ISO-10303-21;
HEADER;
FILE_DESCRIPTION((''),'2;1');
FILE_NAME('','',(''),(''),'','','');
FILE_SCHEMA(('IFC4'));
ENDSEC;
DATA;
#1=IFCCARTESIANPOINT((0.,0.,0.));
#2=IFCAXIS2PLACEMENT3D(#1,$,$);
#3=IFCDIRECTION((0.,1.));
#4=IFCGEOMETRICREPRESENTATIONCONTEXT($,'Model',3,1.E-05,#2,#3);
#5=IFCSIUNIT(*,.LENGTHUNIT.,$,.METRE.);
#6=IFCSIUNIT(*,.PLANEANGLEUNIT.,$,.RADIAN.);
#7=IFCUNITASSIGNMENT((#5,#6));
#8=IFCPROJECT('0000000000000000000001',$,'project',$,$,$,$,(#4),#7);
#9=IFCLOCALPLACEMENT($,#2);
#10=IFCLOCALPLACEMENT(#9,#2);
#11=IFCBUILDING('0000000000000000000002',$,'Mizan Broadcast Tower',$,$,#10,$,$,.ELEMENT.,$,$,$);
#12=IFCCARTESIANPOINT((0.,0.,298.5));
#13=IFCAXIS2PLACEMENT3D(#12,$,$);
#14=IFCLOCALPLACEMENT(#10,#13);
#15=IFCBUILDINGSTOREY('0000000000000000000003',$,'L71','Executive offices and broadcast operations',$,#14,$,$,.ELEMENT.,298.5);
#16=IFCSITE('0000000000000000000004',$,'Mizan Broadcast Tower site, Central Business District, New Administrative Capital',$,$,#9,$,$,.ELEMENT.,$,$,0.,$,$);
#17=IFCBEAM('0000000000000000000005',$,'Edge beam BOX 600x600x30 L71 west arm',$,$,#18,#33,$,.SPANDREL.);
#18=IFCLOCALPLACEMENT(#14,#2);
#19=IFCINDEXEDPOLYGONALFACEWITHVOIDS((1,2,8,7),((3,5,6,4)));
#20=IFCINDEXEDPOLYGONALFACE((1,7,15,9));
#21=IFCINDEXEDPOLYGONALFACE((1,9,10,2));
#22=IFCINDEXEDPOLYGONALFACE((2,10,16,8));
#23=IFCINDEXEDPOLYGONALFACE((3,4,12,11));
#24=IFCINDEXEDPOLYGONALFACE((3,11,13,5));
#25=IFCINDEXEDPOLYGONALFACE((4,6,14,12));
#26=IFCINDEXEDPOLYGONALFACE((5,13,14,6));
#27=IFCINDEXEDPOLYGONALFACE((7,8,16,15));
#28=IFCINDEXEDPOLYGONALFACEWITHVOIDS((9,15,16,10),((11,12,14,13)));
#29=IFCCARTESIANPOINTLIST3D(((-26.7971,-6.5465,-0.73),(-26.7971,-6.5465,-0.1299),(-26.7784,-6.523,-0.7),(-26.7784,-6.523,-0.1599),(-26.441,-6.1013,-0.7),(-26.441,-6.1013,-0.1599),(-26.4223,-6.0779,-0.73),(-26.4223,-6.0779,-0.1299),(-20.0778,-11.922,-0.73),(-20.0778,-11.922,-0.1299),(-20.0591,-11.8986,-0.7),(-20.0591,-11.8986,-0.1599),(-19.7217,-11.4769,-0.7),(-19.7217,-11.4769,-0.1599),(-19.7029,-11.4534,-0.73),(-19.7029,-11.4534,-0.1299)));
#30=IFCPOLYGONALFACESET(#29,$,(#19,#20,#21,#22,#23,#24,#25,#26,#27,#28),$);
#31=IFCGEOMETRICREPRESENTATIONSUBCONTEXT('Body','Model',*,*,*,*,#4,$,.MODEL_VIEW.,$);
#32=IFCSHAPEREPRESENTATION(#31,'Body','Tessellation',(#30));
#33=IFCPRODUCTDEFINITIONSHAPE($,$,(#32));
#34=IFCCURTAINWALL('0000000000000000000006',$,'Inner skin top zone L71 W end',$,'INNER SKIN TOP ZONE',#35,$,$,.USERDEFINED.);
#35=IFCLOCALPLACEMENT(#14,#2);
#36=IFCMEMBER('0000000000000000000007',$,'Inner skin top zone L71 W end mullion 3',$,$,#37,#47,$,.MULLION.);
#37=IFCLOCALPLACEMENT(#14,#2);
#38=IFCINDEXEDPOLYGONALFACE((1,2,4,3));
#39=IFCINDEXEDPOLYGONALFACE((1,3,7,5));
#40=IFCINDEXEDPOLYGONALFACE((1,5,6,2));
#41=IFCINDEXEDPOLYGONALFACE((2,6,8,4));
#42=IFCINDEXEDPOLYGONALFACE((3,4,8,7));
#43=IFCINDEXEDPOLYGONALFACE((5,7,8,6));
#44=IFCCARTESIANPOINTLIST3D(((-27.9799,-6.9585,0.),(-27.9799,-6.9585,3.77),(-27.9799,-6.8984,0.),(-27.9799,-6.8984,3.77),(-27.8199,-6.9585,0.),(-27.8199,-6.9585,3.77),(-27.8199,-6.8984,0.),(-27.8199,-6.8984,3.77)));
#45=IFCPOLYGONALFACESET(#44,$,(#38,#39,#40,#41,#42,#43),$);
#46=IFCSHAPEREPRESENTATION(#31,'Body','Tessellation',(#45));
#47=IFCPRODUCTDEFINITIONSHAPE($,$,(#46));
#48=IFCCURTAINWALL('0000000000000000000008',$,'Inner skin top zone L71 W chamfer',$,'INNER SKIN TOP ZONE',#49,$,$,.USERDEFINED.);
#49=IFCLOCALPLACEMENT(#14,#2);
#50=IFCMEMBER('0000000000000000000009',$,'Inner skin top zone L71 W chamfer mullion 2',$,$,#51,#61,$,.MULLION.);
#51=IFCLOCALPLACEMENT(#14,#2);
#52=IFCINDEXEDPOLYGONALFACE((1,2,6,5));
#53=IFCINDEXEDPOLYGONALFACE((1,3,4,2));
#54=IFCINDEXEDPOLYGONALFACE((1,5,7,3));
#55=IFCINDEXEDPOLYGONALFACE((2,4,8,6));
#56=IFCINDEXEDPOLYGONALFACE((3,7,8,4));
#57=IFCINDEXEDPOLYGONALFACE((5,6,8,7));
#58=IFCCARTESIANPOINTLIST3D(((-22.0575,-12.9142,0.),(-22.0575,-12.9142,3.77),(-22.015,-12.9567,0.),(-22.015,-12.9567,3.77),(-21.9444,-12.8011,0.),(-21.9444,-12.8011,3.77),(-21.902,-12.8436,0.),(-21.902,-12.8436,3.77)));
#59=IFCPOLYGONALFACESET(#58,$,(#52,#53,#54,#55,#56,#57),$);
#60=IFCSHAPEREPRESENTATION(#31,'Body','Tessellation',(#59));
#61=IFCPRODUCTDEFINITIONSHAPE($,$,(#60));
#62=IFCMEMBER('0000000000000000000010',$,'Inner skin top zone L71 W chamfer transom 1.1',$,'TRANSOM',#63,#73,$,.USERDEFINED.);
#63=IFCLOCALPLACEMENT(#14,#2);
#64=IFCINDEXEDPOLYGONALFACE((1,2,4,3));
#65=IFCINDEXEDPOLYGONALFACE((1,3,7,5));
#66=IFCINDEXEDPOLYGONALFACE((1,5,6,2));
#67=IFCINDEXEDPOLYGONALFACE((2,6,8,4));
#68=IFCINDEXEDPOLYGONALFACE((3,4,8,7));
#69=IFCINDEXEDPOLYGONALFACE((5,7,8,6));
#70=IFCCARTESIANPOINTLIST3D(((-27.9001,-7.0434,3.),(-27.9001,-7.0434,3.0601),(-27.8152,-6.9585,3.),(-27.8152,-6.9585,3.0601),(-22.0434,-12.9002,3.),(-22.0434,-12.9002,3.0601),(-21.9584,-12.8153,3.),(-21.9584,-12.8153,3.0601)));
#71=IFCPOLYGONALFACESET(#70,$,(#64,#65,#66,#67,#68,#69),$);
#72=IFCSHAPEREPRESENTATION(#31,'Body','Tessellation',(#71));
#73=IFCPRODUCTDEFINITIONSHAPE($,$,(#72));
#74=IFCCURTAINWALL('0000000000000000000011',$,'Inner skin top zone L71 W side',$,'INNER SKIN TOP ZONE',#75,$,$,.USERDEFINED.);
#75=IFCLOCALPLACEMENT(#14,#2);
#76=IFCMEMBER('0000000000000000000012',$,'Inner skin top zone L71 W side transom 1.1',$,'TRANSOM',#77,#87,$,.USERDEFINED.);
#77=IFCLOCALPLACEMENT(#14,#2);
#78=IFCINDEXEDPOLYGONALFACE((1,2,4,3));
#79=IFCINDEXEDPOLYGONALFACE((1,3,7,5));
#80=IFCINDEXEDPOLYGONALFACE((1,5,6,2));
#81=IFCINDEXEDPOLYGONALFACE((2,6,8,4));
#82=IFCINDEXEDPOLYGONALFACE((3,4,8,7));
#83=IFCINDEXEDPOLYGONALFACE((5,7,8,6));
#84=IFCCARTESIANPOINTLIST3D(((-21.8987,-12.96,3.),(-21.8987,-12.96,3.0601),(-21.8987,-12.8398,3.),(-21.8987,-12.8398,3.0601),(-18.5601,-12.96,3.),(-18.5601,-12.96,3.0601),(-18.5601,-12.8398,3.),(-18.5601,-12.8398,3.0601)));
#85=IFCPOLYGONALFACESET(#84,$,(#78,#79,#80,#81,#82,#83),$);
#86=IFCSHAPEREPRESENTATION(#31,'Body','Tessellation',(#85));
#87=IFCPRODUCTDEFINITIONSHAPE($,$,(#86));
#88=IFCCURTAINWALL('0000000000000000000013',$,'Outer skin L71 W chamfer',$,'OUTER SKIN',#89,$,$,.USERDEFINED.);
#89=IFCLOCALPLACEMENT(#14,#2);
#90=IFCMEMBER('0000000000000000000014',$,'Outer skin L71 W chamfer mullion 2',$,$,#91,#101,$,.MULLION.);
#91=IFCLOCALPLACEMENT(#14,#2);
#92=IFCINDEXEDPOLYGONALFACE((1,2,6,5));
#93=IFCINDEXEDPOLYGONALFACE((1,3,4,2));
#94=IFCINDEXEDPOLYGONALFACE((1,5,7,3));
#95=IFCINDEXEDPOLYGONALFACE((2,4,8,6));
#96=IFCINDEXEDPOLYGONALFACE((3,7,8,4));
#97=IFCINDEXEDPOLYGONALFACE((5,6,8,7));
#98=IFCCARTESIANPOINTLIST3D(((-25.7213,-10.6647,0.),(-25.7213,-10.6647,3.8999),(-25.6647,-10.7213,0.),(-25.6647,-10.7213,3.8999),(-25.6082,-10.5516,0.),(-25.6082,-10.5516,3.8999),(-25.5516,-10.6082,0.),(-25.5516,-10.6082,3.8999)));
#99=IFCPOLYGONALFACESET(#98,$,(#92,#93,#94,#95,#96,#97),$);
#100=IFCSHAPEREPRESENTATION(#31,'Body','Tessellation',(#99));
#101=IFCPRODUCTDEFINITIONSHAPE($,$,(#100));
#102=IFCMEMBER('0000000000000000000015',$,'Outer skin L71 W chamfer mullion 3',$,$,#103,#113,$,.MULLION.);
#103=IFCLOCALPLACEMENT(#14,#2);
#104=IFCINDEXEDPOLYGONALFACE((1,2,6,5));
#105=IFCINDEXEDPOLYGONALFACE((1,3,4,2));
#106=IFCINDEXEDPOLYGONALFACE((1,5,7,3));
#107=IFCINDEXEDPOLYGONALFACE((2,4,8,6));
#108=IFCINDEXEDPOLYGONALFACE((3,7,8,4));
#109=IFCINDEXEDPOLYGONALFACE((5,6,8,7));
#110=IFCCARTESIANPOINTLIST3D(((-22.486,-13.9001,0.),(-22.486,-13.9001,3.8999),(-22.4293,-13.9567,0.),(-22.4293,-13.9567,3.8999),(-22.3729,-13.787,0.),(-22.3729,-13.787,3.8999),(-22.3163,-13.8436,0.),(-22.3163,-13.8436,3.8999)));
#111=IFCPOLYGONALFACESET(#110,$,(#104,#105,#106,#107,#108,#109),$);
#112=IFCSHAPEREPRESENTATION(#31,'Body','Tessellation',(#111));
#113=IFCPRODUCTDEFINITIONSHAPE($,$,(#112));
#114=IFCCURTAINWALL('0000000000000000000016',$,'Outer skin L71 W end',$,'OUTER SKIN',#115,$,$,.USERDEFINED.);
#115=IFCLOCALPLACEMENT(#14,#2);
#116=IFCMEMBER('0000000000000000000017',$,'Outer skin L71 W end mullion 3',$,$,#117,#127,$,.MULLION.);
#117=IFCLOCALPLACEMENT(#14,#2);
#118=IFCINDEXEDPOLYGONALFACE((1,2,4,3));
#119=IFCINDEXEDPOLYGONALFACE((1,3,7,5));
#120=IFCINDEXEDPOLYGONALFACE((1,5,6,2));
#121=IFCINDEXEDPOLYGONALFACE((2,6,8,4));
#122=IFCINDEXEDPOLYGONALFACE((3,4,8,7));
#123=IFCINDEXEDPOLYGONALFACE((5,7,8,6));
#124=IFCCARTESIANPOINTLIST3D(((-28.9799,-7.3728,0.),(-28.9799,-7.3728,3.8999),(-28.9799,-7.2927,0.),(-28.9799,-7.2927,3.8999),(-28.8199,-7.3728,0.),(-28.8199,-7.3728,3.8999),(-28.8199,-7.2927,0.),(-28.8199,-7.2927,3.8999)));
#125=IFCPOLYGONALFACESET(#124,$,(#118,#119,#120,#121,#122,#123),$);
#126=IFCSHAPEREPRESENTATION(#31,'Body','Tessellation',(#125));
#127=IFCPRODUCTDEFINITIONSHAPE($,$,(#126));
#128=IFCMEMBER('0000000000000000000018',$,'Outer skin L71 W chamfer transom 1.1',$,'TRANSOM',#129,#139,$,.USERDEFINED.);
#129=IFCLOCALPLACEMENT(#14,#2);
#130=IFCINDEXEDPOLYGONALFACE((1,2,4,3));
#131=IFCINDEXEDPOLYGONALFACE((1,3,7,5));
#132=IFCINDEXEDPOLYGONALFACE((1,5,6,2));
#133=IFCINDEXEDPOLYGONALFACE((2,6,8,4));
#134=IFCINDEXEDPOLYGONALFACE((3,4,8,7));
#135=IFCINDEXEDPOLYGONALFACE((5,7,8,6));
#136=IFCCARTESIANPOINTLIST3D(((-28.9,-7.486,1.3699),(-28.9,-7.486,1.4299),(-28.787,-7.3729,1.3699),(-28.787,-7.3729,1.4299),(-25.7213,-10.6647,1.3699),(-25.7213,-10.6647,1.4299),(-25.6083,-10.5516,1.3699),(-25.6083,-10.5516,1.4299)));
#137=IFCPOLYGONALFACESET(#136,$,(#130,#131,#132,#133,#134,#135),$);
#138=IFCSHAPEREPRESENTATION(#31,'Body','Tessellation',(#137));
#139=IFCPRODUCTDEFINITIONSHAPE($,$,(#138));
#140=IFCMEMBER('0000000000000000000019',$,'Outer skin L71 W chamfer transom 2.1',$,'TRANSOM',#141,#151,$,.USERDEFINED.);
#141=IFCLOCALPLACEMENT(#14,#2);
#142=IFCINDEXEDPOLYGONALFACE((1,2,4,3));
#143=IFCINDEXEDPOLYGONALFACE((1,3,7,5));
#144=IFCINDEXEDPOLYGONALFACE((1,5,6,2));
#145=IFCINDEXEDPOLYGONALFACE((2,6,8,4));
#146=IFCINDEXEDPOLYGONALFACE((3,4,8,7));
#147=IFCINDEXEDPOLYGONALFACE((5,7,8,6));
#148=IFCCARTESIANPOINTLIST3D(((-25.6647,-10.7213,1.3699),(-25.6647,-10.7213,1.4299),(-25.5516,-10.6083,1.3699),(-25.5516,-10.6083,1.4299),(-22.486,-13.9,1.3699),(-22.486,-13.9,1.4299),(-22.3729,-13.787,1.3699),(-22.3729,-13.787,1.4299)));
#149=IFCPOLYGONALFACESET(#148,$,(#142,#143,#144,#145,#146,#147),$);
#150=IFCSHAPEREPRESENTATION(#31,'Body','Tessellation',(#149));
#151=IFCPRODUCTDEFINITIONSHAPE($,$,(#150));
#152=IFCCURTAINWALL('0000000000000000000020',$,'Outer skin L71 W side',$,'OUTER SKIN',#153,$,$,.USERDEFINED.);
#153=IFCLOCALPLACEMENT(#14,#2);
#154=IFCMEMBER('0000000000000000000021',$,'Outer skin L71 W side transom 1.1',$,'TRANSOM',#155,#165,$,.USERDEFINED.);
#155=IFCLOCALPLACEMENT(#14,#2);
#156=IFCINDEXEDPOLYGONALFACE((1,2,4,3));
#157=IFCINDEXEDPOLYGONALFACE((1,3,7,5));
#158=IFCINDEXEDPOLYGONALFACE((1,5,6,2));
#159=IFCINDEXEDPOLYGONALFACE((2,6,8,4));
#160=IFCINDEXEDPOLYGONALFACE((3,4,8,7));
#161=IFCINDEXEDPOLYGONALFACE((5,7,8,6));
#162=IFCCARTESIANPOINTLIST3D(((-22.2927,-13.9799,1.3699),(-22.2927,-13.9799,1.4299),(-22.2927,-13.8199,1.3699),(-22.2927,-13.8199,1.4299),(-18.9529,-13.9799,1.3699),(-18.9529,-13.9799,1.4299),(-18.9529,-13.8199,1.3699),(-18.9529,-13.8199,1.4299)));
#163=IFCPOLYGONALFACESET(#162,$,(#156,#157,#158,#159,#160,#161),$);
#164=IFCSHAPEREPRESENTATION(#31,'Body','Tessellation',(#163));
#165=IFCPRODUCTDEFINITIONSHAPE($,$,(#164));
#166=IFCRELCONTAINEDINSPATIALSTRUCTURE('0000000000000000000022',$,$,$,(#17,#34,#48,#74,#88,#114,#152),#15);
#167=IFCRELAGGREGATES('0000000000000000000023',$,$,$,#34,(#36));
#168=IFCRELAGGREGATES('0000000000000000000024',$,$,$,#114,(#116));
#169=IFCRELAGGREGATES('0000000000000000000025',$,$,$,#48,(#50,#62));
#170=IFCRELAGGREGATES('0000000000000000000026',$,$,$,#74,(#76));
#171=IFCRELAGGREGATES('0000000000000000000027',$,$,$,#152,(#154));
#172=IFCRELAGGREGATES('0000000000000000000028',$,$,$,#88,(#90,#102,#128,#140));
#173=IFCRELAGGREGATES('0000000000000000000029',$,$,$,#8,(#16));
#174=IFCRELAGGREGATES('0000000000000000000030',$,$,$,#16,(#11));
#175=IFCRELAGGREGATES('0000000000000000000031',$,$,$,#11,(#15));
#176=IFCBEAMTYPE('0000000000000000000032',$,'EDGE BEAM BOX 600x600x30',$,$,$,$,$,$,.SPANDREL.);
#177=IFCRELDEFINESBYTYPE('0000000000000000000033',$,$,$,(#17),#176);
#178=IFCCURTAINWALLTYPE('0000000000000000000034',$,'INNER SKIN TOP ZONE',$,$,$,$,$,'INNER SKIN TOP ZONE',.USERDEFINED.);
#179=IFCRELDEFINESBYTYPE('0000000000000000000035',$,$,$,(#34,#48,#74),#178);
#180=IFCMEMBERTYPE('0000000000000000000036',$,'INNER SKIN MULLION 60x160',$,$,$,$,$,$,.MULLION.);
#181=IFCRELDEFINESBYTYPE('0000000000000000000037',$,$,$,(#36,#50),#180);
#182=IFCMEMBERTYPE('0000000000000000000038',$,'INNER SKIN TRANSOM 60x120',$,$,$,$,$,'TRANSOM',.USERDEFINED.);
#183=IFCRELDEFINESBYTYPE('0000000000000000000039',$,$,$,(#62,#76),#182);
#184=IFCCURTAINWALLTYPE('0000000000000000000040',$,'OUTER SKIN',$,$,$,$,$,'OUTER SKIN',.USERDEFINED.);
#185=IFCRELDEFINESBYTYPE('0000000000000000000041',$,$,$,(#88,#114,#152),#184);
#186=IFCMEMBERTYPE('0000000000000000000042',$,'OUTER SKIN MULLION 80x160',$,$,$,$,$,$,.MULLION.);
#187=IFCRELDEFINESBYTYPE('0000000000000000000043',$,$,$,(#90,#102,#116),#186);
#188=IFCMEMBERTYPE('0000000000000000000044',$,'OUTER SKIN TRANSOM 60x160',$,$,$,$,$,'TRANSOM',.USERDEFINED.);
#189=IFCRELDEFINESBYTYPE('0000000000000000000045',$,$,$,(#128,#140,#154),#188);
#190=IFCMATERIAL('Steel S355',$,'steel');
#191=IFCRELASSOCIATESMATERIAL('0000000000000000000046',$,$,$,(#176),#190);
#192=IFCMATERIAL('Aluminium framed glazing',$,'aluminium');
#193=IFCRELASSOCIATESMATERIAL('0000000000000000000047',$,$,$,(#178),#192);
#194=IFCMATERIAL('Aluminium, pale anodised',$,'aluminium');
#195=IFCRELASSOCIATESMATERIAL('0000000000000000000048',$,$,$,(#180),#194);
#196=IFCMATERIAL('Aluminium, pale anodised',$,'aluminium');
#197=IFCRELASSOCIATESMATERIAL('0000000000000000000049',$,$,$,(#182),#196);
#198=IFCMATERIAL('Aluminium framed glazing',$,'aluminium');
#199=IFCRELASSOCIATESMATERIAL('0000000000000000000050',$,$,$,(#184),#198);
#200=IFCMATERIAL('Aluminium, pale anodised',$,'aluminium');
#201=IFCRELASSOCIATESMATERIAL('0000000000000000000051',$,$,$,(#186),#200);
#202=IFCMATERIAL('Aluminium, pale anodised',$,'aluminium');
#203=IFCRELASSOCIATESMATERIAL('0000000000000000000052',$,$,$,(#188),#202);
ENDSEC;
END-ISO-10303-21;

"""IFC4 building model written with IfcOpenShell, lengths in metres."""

from ifc_helpers import new_model, si_unit, direction, frame, origin, origin_2d, place, context, subcontext, project, spatial, rectangle, hollow_rectangle, extrude, material, material_profile, profile_set, type_object, element, aggregate, save


model = new_model("IFC4")

# Units and contexts
model_context = context("Model", 3, precision=1e-05, world=origin(), true_north=direction((0.0, 1.0)))
body_context = subcontext(model_context, "Body", "Model", "MODEL_VIEW")
ifc_project = project(units=[si_unit("LENGTHUNIT", "METRE"), si_unit("PLANEANGLEUNIT", "RADIAN")], contexts=[model_context])

# Site, building, storey
site_placement = place(None, origin())
site = spatial("IfcSite", under=ifc_project, at=site_placement, Name="Mizan Broadcast Tower site, Central Business District, New Administrative Capital", CompositionType="ELEMENT", RefElevation=0.0)
building_placement = place(site_placement, origin())
building = spatial("IfcBuilding", under=site, at=building_placement, Name="Mizan Broadcast Tower", CompositionType="ELEMENT")
storey_placement = place(building_placement, frame((0.0, 0.0, 298.5)))
storey = spatial("IfcBuildingStorey", under=building, at=storey_placement, Name="L71", Description="Executive offices and broadcast operations", CompositionType="ELEMENT", Elevation=298.5)

# Beam
ifc_material_1 = material(Name="Steel S355", Category="steel")
ifc_material_profile_1 = material_profile(ifc_material_1, hollow_rectangle(XDim=0.6001, YDim=0.6001, WallThickness=0.03, at=origin_2d()), Name="BOX 600x600x30")
ifc_profile_set_1 = profile_set([ifc_material_profile_1], Name="Steel S355")
beam_type_1 = type_object("IfcBeamType", Name="EDGE BEAM BOX 600x600x30", PredefinedType="SPANDREL", material=ifc_profile_set_1)
beam_1_placement = place(storey_placement, frame((-19.8904, -11.6877, -0.4299), z_axis=(-0.780863, 0.624702, 0.0), x_axis=(-0.624702, -0.780863, 0.0)))
element("IfcBeam", 1, at=beam_1_placement, inside=storey, type_object=beam_type_1, Name="Edge beam BOX 600x600x30 L71 west arm", PredefinedType="SPANDREL", context=body_context, shape_type="SweptSolid", body=[
    extrude(hollow_rectangle(XDim=0.6001, YDim=0.6001, WallThickness=0.03, at=origin_2d()), origin(), (0.0, 0.0, 1.0), 8.605),
])

# Curtain wall, member
ifc_material_2 = material(Name="Aluminium framed glazing", Category="aluminium")
curtain_wall_type_1 = type_object("IfcCurtainWallType", Name="INNER SKIN TOP ZONE", ElementType="INNER SKIN TOP ZONE", PredefinedType="USERDEFINED", material=ifc_material_2)
curtain_wall_1_placement = place(storey_placement, origin())
curtain_wall_1 = element("IfcCurtainWall", 2, at=curtain_wall_1_placement, inside=storey, type_object=curtain_wall_type_1, Name="Inner skin top zone L71 W end", ObjectType="INNER SKIN TOP ZONE", PredefinedType="USERDEFINED")
ifc_material_3 = material(Name="Aluminium, pale anodised", Category="aluminium")
ifc_material_profile_2 = material_profile(ifc_material_3, rectangle(XDim=0.1599, YDim=0.0601, at=origin_2d()), Name="MULLION 160x60")
ifc_profile_set_2 = profile_set([ifc_material_profile_2], Name="Aluminium, pale anodised")
member_type_1 = type_object("IfcMemberType", Name="INNER SKIN MULLION 60x160", PredefinedType="MULLION", material=ifc_profile_set_2)
member_1_placement = place(storey_placement, frame((-27.8999, -6.9285, 0.0), z_axis=(0.0, 0.0, 1.0), x_axis=(1.0, 0.0, 0.0)))
member_1 = element("IfcMember", 3, at=member_1_placement, type_object=member_type_1, Name="Inner skin top zone L71 W end mullion 3", PredefinedType="MULLION", context=body_context, shape_type="SweptSolid", body=[
    extrude(rectangle(XDim=0.1599, YDim=0.0601, at=origin_2d()), origin(), (0.0, 0.0, 1.0), 3.77),
])
aggregate(curtain_wall_1, [member_1])

# Curtain wall, members
curtain_wall_2_placement = place(storey_placement, origin())
curtain_wall_2 = element("IfcCurtainWall", 4, at=curtain_wall_2_placement, inside=storey, type_object=curtain_wall_type_1, Name="Inner skin top zone L71 W chamfer", ObjectType="INNER SKIN TOP ZONE", PredefinedType="USERDEFINED")
member_2_placement = place(storey_placement, frame((-21.9797, -12.8789, 0.0), z_axis=(0.0, 0.0, 1.0), x_axis=(0.707107, 0.707107, 0.0)))
member_2 = element("IfcMember", 5, at=member_2_placement, type_object=member_type_1, Name="Inner skin top zone L71 W chamfer mullion 2", PredefinedType="MULLION", context=body_context, shape_type="SweptSolid", body=[
    extrude(rectangle(XDim=0.1599, YDim=0.0601, at=origin_2d()), origin(), (0.0, 0.0, 1.0), 3.77),
])
ifc_material_4 = material(Name="Aluminium, pale anodised", Category="aluminium")
ifc_material_profile_3 = material_profile(ifc_material_4, rectangle(XDim=0.1201, YDim=0.0601, at=origin_2d()), Name="TRANSOM 120x60")
ifc_profile_set_3 = profile_set([ifc_material_profile_3], Name="Aluminium, pale anodised")
member_type_2 = type_object("IfcMemberType", Name="INNER SKIN TRANSOM 60x120", ElementType="TRANSOM", PredefinedType="USERDEFINED", material=ifc_profile_set_3)
member_3_placement = place(storey_placement, frame((-27.8577, -7.001, 3.03), z_axis=(0.707107, -0.707107, 0.0), x_axis=(0.707107, 0.707107, 0.0)))
member_3 = element("IfcMember", 6, at=member_3_placement, type_object=member_type_2, Name="Inner skin top zone L71 W chamfer transom 1.1", ObjectType="TRANSOM", PredefinedType="USERDEFINED", context=body_context, shape_type="SweptSolid", body=[
    extrude(rectangle(XDim=0.1201, YDim=0.0601, at=origin_2d()), origin(), (0.0, 0.0, 1.0), 8.2827),
])

# Curtain wall, member
curtain_wall_3_placement = place(storey_placement, origin())
curtain_wall_3 = element("IfcCurtainWall", 7, at=curtain_wall_3_placement, inside=storey, type_object=curtain_wall_type_1, Name="Inner skin top zone L71 W side", ObjectType="INNER SKIN TOP ZONE", PredefinedType="USERDEFINED")
member_4_placement = place(storey_placement, frame((-21.8987, -12.8999, 3.03), z_axis=(1.0, 0.0, 0.0), x_axis=(0.0, 1.0, 0.0)))
member_4 = element("IfcMember", 8, at=member_4_placement, type_object=member_type_2, Name="Inner skin top zone L71 W side transom 1.1", ObjectType="TRANSOM", PredefinedType="USERDEFINED", context=body_context, shape_type="SweptSolid", body=[
    extrude(rectangle(XDim=0.1201, YDim=0.0601, at=origin_2d()), origin(), (0.0, 0.0, 1.0), 3.3386),
])

# Curtain wall, members
ifc_material_5 = material(Name="Aluminium framed glazing", Category="aluminium")
curtain_wall_type_2 = type_object("IfcCurtainWallType", Name="OUTER SKIN", ElementType="OUTER SKIN", PredefinedType="USERDEFINED", material=ifc_material_5)
curtain_wall_4_placement = place(storey_placement, origin())
curtain_wall_4 = element("IfcCurtainWall", 9, at=curtain_wall_4_placement, inside=storey, type_object=curtain_wall_type_2, Name="Outer skin L71 W chamfer", ObjectType="OUTER SKIN", PredefinedType="USERDEFINED")
ifc_material_6 = material(Name="Aluminium, pale anodised", Category="aluminium")
ifc_material_profile_4 = material_profile(ifc_material_6, rectangle(XDim=0.1599, YDim=0.0801, at=origin_2d()), Name="MULLION 160x80")
ifc_profile_set_4 = profile_set([ifc_material_profile_4], Name="Aluminium, pale anodised")
member_type_3 = type_object("IfcMemberType", Name="OUTER SKIN MULLION 80x160", PredefinedType="MULLION", material=ifc_profile_set_4)
member_5_placement = place(storey_placement, frame((-25.6365, -10.6365, 0.0), z_axis=(0.0, 0.0, 1.0), x_axis=(0.707107, 0.707107, 0.0)))
member_5 = element("IfcMember", 10, at=member_5_placement, type_object=member_type_3, Name="Outer skin L71 W chamfer mullion 2", PredefinedType="MULLION", context=body_context, shape_type="SweptSolid", body=[
    extrude(rectangle(XDim=0.1599, YDim=0.0801, at=origin_2d()), origin(), (0.0, 0.0, 1.0), 3.8999),
])
member_6_placement = place(storey_placement, frame((-22.4011, -13.8718, 0.0), z_axis=(0.0, 0.0, 1.0), x_axis=(0.707107, 0.707107, 0.0)))
member_6 = element("IfcMember", 11, at=member_6_placement, type_object=member_type_3, Name="Outer skin L71 W chamfer mullion 3", PredefinedType="MULLION", context=body_context, shape_type="SweptSolid", body=[
    extrude(rectangle(XDim=0.1599, YDim=0.0801, at=origin_2d()), origin(), (0.0, 0.0, 1.0), 3.8999),
])

# Curtain wall, member
curtain_wall_5_placement = place(storey_placement, origin())
curtain_wall_5 = element("IfcCurtainWall", 12, at=curtain_wall_5_placement, inside=storey, type_object=curtain_wall_type_2, Name="Outer skin L71 W end", ObjectType="OUTER SKIN", PredefinedType="USERDEFINED")
member_7_placement = place(storey_placement, frame((-28.8999, -7.3328, 0.0), z_axis=(0.0, 0.0, 1.0), x_axis=(1.0, 0.0, 0.0)))
member_7 = element("IfcMember", 13, at=member_7_placement, type_object=member_type_3, Name="Outer skin L71 W end mullion 3", PredefinedType="MULLION", context=body_context, shape_type="SweptSolid", body=[
    extrude(rectangle(XDim=0.1599, YDim=0.0801, at=origin_2d()), origin(), (0.0, 0.0, 1.0), 3.8999),
])
aggregate(curtain_wall_5, [member_7])

# Members
ifc_material_7 = material(Name="Aluminium, pale anodised", Category="aluminium")
ifc_material_profile_5 = material_profile(ifc_material_7, rectangle(XDim=0.1599, YDim=0.0601, at=origin_2d()), Name="TRANSOM 160x60")
ifc_profile_set_5 = profile_set([ifc_material_profile_5], Name="Aluminium, pale anodised")
member_type_4 = type_object("IfcMemberType", Name="OUTER SKIN TRANSOM 60x160", ElementType="TRANSOM", PredefinedType="USERDEFINED", material=ifc_profile_set_5)
member_8_placement = place(storey_placement, frame((-28.8435, -7.4294, 1.3999), z_axis=(0.707107, -0.707107, 0.0), x_axis=(0.707107, 0.707107, 0.0)))
member_8 = element("IfcMember", 14, at=member_8_placement, type_object=member_type_4, Name="Outer skin L71 W chamfer transom 1.1", ObjectType="TRANSOM", PredefinedType="USERDEFINED", context=body_context, shape_type="SweptSolid", body=[
    extrude(rectangle(XDim=0.1599, YDim=0.0601, at=origin_2d()), origin(), (0.0, 0.0, 1.0), 4.4954),
])
member_9_placement = place(storey_placement, frame((-25.6082, -10.6648, 1.3999), z_axis=(0.707107, -0.707107, 0.0), x_axis=(0.707107, 0.707107, 0.0)))
member_9 = element("IfcMember", 15, at=member_9_placement, type_object=member_type_4, Name="Outer skin L71 W chamfer transom 2.1", ObjectType="TRANSOM", PredefinedType="USERDEFINED", context=body_context, shape_type="SweptSolid", body=[
    extrude(rectangle(XDim=0.1599, YDim=0.0601, at=origin_2d()), origin(), (0.0, 0.0, 1.0), 4.4954),
])

# Curtain wall, member
curtain_wall_6_placement = place(storey_placement, origin())
curtain_wall_6 = element("IfcCurtainWall", 16, at=curtain_wall_6_placement, inside=storey, type_object=curtain_wall_type_2, Name="Outer skin L71 W side", ObjectType="OUTER SKIN", PredefinedType="USERDEFINED")
member_10_placement = place(storey_placement, frame((-22.2927, -13.8999, 1.3999), z_axis=(1.0, 0.0, 0.0), x_axis=(0.0, 1.0, 0.0)))
member_10 = element("IfcMember", 17, at=member_10_placement, type_object=member_type_4, Name="Outer skin L71 W side transom 1.1", ObjectType="TRANSOM", PredefinedType="USERDEFINED", context=body_context, shape_type="SweptSolid", body=[
    extrude(rectangle(XDim=0.1599, YDim=0.0601, at=origin_2d()), origin(), (0.0, 0.0, 1.0), 3.3398),
])

aggregate(curtain_wall_2, [member_2, member_3])
aggregate(curtain_wall_3, [member_4])
aggregate(curtain_wall_6, [member_10])
aggregate(curtain_wall_4, [member_5, member_6, member_8, member_9])

save(model, "model.ifc")
